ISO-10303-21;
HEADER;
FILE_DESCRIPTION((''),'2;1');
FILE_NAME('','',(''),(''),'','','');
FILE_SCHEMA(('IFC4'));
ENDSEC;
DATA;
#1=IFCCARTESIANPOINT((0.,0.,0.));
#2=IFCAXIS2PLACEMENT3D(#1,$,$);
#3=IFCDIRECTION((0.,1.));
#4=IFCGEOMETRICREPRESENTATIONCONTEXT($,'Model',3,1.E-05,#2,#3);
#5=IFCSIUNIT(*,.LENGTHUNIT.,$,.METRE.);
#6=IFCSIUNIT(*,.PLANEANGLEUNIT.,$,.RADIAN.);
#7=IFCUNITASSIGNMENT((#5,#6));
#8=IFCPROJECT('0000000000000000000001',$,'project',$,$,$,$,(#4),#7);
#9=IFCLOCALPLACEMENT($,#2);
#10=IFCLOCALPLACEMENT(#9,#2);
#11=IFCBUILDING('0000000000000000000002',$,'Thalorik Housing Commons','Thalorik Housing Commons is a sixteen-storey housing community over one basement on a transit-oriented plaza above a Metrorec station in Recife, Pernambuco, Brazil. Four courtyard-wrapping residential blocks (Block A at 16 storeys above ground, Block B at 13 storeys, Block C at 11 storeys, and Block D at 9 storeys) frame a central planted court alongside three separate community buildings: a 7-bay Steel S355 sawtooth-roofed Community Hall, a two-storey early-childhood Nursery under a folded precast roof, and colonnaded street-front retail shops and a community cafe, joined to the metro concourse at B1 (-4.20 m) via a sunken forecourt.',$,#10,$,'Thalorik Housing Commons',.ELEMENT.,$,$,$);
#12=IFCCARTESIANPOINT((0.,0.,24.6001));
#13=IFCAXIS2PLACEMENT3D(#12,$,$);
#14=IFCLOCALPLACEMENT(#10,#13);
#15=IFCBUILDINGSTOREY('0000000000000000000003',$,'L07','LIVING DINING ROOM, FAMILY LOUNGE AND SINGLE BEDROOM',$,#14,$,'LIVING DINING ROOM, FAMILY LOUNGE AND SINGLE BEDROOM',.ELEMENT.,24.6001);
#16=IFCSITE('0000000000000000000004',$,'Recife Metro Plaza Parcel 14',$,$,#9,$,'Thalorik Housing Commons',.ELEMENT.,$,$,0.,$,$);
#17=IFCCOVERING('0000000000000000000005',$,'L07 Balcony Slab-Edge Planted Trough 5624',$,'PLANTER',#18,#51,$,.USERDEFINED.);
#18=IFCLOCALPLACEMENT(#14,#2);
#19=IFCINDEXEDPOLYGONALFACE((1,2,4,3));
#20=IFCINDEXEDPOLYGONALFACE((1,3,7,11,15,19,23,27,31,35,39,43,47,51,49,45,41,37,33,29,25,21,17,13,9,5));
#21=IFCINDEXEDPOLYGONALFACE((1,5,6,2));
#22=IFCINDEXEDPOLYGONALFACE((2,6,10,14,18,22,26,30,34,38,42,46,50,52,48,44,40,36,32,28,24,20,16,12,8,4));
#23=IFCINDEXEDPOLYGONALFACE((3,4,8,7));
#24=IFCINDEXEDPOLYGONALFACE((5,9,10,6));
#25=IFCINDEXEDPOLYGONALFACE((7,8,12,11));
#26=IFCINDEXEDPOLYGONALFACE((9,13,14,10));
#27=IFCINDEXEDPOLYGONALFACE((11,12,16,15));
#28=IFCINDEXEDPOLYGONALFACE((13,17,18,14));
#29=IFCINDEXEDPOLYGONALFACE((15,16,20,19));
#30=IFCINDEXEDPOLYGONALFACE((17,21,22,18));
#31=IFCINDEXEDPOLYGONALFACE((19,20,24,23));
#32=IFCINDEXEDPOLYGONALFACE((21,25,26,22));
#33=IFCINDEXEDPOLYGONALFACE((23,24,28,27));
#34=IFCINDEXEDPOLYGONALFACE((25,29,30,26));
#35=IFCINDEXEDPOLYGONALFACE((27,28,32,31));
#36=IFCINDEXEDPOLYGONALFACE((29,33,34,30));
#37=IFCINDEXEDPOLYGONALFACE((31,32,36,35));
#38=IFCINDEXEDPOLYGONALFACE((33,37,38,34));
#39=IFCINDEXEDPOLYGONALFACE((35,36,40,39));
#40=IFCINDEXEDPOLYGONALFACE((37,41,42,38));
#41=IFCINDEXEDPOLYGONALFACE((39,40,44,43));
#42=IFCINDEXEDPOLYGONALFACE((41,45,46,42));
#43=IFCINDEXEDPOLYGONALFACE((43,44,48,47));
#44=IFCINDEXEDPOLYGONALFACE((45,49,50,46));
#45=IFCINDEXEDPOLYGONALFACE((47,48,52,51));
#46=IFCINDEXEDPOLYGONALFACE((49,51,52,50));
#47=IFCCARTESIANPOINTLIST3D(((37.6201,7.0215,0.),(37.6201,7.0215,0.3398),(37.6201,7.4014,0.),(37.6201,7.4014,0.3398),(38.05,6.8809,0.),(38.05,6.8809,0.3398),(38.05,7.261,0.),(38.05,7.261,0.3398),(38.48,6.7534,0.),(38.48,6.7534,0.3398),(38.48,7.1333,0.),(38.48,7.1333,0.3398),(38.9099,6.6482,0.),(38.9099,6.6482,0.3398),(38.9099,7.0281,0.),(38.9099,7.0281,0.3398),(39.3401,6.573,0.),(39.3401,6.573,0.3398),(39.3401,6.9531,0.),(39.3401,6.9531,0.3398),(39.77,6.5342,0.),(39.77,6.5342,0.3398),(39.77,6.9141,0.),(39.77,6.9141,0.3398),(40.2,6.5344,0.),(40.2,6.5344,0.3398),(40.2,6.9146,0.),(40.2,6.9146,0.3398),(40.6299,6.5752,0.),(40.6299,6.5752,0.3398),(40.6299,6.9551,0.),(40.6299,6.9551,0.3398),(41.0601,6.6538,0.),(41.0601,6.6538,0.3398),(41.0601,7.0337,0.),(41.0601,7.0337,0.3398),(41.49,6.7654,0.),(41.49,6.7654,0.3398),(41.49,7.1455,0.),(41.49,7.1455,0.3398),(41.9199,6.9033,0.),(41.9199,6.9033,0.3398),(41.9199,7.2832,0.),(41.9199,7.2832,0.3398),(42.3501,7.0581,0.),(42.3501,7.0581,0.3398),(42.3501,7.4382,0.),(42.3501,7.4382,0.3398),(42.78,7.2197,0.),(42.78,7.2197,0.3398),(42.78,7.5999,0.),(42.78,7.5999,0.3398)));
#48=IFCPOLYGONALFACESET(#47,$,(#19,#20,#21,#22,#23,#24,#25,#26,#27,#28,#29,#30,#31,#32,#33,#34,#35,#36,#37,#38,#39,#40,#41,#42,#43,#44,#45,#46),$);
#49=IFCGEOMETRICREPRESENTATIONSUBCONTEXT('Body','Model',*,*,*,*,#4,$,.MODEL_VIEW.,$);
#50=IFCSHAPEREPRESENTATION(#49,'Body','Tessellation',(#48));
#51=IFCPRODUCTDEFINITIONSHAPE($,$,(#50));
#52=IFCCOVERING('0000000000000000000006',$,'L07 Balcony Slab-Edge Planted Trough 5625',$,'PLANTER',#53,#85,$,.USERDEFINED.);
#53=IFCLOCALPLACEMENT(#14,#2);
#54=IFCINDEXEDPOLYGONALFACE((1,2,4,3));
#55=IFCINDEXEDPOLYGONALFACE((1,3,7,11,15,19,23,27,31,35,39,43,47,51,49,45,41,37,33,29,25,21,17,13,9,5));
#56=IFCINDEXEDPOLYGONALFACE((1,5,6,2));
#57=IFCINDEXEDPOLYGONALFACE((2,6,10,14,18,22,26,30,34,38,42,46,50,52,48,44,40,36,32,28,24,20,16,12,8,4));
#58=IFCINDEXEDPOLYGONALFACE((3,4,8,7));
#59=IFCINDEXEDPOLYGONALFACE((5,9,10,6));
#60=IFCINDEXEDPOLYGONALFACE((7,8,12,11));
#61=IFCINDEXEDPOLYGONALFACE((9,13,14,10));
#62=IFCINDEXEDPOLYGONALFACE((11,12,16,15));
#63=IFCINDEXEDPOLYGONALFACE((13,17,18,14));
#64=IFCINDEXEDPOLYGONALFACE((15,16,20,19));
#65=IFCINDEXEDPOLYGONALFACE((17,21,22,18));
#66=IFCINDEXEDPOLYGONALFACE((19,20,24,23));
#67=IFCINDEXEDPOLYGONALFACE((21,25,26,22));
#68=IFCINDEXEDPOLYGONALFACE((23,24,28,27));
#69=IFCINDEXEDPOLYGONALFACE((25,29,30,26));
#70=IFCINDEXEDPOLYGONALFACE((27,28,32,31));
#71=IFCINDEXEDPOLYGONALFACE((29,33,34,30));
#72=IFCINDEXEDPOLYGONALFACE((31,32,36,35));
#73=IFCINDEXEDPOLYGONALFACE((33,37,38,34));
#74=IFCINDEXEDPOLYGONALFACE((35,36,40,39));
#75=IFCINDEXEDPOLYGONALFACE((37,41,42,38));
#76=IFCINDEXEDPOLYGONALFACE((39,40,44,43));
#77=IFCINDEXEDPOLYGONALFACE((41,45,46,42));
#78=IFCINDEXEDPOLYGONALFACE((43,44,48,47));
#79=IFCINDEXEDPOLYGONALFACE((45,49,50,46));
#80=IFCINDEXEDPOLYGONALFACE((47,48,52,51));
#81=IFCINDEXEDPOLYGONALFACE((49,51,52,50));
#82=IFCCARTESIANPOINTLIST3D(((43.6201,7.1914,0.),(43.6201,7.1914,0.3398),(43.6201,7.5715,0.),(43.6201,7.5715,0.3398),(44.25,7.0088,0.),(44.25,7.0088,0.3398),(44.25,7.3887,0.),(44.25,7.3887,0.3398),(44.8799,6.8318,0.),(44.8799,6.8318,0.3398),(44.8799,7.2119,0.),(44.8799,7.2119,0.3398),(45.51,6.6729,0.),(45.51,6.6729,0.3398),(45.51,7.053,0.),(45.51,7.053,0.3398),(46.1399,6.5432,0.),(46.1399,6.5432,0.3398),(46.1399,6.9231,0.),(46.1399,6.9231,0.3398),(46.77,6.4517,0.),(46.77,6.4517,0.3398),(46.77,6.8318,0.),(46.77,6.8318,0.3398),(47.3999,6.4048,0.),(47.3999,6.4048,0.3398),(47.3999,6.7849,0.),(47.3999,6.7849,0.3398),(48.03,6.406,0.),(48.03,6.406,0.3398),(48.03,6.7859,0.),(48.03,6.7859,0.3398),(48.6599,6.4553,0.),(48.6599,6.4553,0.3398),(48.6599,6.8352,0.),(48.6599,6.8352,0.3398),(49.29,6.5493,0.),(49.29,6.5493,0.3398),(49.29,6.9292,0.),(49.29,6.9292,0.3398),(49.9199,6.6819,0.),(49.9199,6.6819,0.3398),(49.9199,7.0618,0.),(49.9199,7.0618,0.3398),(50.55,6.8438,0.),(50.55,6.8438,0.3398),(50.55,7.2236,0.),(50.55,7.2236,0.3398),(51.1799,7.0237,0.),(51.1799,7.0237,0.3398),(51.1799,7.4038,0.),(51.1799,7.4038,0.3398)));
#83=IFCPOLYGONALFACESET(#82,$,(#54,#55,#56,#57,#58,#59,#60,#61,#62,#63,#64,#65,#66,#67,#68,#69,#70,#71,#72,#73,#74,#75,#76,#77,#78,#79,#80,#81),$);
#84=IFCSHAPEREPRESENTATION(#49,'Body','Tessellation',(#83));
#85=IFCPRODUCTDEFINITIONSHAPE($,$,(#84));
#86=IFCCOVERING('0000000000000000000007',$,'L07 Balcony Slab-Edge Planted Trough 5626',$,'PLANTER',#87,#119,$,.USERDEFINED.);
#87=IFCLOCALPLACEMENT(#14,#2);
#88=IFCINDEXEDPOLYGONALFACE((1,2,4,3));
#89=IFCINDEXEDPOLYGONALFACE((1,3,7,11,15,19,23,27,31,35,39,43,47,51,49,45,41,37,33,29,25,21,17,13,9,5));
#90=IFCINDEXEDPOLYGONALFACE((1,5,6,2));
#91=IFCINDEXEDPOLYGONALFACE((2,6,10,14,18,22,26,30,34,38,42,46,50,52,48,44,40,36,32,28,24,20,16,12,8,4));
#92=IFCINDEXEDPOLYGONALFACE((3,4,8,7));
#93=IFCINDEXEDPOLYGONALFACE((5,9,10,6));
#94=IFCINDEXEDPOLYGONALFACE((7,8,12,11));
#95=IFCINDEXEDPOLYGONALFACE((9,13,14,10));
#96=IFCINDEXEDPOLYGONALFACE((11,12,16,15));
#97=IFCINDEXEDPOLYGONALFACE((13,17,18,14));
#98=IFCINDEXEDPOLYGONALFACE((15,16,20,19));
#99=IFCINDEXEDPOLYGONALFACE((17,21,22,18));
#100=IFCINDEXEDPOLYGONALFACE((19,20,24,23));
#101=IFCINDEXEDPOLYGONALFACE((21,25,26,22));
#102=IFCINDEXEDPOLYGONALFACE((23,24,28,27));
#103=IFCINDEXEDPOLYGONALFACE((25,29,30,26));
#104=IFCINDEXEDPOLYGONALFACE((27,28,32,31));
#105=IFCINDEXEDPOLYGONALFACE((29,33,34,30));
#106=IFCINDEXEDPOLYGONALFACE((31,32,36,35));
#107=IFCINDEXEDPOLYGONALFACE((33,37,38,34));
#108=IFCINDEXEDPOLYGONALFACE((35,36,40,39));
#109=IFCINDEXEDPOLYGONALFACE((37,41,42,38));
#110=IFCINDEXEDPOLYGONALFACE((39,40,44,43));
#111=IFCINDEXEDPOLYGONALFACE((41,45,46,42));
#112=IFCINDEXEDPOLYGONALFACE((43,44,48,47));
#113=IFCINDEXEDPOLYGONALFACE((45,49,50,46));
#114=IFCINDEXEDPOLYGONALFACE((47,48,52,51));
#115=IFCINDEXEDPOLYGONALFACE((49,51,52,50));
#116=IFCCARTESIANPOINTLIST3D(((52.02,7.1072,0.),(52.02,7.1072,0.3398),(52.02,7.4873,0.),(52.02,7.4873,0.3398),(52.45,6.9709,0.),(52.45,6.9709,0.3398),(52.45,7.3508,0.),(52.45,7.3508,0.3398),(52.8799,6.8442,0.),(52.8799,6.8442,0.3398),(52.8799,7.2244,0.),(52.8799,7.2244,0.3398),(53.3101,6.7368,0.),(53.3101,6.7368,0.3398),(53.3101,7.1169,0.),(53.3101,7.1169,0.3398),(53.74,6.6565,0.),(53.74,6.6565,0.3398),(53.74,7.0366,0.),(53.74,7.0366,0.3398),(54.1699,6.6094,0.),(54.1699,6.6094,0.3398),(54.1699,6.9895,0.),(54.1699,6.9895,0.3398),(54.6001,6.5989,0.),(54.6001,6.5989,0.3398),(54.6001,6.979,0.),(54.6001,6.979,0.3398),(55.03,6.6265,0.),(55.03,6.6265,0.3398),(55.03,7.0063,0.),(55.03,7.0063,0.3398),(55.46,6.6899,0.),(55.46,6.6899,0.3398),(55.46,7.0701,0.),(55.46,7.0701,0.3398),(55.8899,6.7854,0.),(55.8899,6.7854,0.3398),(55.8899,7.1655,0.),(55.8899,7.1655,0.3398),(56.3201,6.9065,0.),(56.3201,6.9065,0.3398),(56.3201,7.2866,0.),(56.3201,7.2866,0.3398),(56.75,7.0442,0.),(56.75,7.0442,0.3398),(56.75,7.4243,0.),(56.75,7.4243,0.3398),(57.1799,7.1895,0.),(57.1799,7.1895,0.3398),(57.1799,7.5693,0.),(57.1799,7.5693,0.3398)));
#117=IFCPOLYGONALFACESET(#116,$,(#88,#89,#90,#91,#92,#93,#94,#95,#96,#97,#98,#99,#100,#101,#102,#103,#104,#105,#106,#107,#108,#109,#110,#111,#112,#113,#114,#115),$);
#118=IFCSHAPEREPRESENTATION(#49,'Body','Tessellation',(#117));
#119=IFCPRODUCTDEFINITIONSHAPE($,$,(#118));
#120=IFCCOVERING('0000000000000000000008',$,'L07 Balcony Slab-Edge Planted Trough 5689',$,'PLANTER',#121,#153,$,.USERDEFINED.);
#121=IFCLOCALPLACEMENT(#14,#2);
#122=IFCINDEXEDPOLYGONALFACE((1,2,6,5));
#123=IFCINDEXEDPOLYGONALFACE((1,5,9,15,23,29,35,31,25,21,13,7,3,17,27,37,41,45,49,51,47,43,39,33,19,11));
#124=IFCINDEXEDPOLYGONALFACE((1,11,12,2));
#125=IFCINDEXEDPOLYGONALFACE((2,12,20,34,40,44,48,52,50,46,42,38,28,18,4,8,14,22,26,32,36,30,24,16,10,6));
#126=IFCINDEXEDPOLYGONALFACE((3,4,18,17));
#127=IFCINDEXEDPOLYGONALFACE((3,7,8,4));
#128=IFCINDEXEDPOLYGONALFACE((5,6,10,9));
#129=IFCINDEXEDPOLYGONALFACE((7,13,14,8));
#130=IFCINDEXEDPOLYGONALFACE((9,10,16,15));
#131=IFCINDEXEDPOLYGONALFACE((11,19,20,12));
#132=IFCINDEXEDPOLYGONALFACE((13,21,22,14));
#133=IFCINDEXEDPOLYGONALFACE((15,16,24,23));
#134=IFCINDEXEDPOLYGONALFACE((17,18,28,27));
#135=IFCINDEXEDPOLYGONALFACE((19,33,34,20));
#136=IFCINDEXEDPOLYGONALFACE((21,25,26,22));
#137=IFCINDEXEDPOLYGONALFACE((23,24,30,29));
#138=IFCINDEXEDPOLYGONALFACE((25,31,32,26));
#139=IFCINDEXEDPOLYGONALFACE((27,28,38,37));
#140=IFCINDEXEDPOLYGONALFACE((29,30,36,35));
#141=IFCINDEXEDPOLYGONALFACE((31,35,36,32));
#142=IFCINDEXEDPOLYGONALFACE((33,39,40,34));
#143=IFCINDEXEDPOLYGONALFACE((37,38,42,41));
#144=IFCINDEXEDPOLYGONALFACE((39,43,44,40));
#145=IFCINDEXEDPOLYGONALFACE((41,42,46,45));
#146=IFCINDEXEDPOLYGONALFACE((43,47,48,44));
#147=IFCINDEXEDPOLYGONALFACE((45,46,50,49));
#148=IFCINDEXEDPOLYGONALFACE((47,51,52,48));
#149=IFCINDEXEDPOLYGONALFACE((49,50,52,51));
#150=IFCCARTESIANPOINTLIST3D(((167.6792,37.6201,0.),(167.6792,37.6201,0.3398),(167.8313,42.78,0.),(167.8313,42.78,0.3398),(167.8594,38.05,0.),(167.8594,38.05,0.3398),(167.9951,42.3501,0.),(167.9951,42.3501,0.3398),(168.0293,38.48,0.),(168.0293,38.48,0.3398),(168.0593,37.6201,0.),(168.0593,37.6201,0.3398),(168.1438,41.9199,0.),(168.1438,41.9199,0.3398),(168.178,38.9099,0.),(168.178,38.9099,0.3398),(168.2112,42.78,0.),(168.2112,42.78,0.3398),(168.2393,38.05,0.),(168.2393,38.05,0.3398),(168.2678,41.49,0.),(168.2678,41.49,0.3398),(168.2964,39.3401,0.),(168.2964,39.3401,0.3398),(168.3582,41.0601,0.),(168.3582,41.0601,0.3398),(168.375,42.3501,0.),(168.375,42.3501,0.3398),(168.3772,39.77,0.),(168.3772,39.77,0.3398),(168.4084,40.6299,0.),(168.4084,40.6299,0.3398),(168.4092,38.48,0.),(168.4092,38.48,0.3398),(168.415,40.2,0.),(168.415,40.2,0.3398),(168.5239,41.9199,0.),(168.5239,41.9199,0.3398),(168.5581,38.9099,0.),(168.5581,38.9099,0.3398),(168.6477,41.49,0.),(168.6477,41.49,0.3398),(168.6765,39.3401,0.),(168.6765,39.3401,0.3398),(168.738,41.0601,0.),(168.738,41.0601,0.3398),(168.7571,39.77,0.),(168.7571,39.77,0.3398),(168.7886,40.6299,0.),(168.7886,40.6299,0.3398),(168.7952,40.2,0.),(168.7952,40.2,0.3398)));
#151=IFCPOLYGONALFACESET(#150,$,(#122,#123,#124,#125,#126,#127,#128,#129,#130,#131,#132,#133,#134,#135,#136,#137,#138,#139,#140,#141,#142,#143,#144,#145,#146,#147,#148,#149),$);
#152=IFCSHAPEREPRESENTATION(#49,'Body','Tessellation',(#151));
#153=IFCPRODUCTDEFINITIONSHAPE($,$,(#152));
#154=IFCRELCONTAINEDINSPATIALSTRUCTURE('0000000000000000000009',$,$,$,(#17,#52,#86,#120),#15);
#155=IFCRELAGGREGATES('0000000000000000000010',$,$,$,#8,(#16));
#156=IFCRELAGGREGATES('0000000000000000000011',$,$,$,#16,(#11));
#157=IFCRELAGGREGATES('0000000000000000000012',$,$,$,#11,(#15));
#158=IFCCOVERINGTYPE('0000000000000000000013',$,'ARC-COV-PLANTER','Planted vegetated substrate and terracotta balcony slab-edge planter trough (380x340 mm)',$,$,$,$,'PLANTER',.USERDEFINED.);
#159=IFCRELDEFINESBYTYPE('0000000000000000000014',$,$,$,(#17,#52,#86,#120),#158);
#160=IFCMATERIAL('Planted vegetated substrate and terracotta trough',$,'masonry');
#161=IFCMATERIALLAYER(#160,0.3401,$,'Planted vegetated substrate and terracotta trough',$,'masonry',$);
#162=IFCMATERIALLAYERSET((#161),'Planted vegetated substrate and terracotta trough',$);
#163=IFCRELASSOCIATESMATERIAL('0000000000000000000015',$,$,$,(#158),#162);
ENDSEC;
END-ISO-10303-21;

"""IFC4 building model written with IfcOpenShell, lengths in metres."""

from ifc_helpers import new_model, si_unit, direction, frame, origin, place, context, subcontext, project, spatial, polyline, outline, extrude, material, layer, layer_set, type_object, element, save


model = new_model("IFC4")

# Units and contexts
model_context = context("Model", 3, precision=1e-05, world=origin(), true_north=direction((0.0, 1.0)))
body_context = subcontext(model_context, "Body", "Model", "MODEL_VIEW")
ifc_project = project(units=[si_unit("LENGTHUNIT", "METRE"), si_unit("PLANEANGLEUNIT", "RADIAN")], contexts=[model_context])

# Site, building, storey
site_placement = place(None, origin())
site = spatial("IfcSite", under=ifc_project, at=site_placement, Name="Recife Metro Plaza Parcel 14", LongName="Thalorik Housing Commons", CompositionType="ELEMENT", RefElevation=0.0)
building_placement = place(site_placement, origin())
building = spatial("IfcBuilding", under=site, at=building_placement, Name="Thalorik Housing Commons", Description="Thalorik Housing Commons is a sixteen-storey housing community over one basement on a transit-oriented plaza above a Metrorec station in Recife, Pernambuco, Brazil. Four courtyard-wrapping residential blocks (Block A at 16 storeys above ground, Block B at 13 storeys, Block C at 11 storeys, and Block D at 9 storeys) frame a central planted court alongside three separate community buildings: a 7-bay Steel S355 sawtooth-roofed Community Hall, a two-storey early-childhood Nursery under a folded precast roof, and colonnaded street-front retail shops and a community cafe, joined to the metro concourse at B1 (-4.20 m) via a sunken forecourt.", LongName="Thalorik Housing Commons", CompositionType="ELEMENT")
storey_placement = place(building_placement, frame((0.0, 0.0, 24.6001)))
storey = spatial("IfcBuildingStorey", under=building, at=storey_placement, Name="L07", Description="LIVING DINING ROOM, FAMILY LOUNGE AND SINGLE BEDROOM", LongName="LIVING DINING ROOM, FAMILY LOUNGE AND SINGLE BEDROOM", CompositionType="ELEMENT", Elevation=24.6001)

# Coverings
ifc_material = material(Name="Planted vegetated substrate and terracotta trough", Category="masonry")
ifc_layer = layer(ifc_material, 0.3401, Name="Planted vegetated substrate and terracotta trough", Category="masonry")
ifc_layer_set = layer_set([ifc_layer], Name="Planted vegetated substrate and terracotta trough")
covering_type = type_object("IfcCoveringType", Name="ARC-COV-PLANTER", Description="Planted vegetated substrate and terracotta balcony slab-edge planter trough (380x340 mm)", ElementType="PLANTER", PredefinedType="USERDEFINED", material=ifc_layer_set)
covering_1_placement = place(storey_placement, origin())
element("IfcCovering", 1, at=covering_1_placement, inside=storey, type_object=covering_type, Name="L07 Balcony Slab-Edge Planted Trough 5624", ObjectType="PLANTER", PredefinedType="USERDEFINED", context=body_context, shape_type="SweptSolid", body=[
    extrude(outline(polyline([(37.6201, 7.0215), (38.05, 6.8809), (38.48, 6.7534), (38.9099, 6.6482), (39.3401, 6.573), (39.77, 6.5342), (40.2, 6.5344), (40.6299, 6.5752), (41.0601, 6.6538), (41.49, 6.7654), (41.9199, 6.9033), (42.3501, 7.0581), (42.78, 7.2197), (42.78, 7.5999), (42.3501, 7.4382), (41.9199, 7.2832), (41.49, 7.1455), (41.0601, 7.0337), (40.6299, 6.9551), (40.2, 6.9146), (39.77, 6.9141), (39.3401, 6.9531), (38.9099, 7.0281), (38.48, 7.1333), (38.05, 7.261), (37.6201, 7.4014), (37.6201, 7.0215)])), origin(), (0.0, 0.0, 1.0), 0.3398),
])
covering_2_placement = place(storey_placement, origin())
element("IfcCovering", 2, at=covering_2_placement, inside=storey, type_object=covering_type, Name="L07 Balcony Slab-Edge Planted Trough 5625", ObjectType="PLANTER", PredefinedType="USERDEFINED", context=body_context, shape_type="SweptSolid", body=[
    extrude(outline(polyline([(43.6201, 7.1914), (44.25, 7.0088), (44.8799, 6.8318), (45.51, 6.6729), (46.1399, 6.5432), (46.77, 6.4517), (47.3999, 6.4048), (48.03, 6.406), (48.6599, 6.4553), (49.29, 6.5493), (49.9199, 6.6819), (50.55, 6.8438), (51.1799, 7.0237), (51.1799, 7.4038), (50.55, 7.2236), (49.9199, 7.0618), (49.29, 6.9292), (48.6599, 6.8352), (48.03, 6.7859), (47.3999, 6.7849), (46.77, 6.8318), (46.1399, 6.9231), (45.51, 7.053), (44.8799, 7.2119), (44.25, 7.3887), (43.6201, 7.5715), (43.6201, 7.1914)])), origin(), (0.0, 0.0, 1.0), 0.3398),
])
covering_3_placement = place(storey_placement, origin())
element("IfcCovering", 3, at=covering_3_placement, inside=storey, type_object=covering_type, Name="L07 Balcony Slab-Edge Planted Trough 5626", ObjectType="PLANTER", PredefinedType="USERDEFINED", context=body_context, shape_type="SweptSolid", body=[
    extrude(outline(polyline([(52.02, 7.1072), (52.45, 6.9709), (52.8799, 6.8442), (53.3101, 6.7368), (53.74, 6.6565), (54.1699, 6.6094), (54.6001, 6.5989), (55.03, 6.6265), (55.46, 6.6899), (55.8899, 6.7854), (56.3201, 6.9065), (56.75, 7.0442), (57.1799, 7.1895), (57.1799, 7.5693), (56.75, 7.4243), (56.3201, 7.2866), (55.8899, 7.1655), (55.46, 7.0701), (55.03, 7.0063), (54.6001, 6.979), (54.1699, 6.9895), (53.74, 7.0366), (53.3101, 7.1169), (52.8799, 7.2244), (52.45, 7.3508), (52.02, 7.4873), (52.02, 7.1072)])), origin(), (0.0, 0.0, 1.0), 0.3398),
])
covering_4_placement = place(storey_placement, origin())
element("IfcCovering", 4, at=covering_4_placement, inside=storey, type_object=covering_type, Name="L07 Balcony Slab-Edge Planted Trough 5689", ObjectType="PLANTER", PredefinedType="USERDEFINED", context=body_context, shape_type="SweptSolid", body=[
    extrude(outline(polyline([(168.0593, 37.6201), (168.2393, 38.05), (168.4092, 38.48), (168.5581, 38.9099), (168.6765, 39.3401), (168.7571, 39.77), (168.7952, 40.2), (168.7886, 40.6299), (168.738, 41.0601), (168.6477, 41.49), (168.5239, 41.9199), (168.375, 42.3501), (168.2112, 42.78), (167.8313, 42.78), (167.9951, 42.3501), (168.1438, 41.9199), (168.2678, 41.49), (168.3582, 41.0601), (168.4084, 40.6299), (168.415, 40.2), (168.3772, 39.77), (168.2964, 39.3401), (168.178, 38.9099), (168.0293, 38.48), (167.8594, 38.05), (167.6792, 37.6201), (168.0593, 37.6201)])), origin(), (0.0, 0.0, 1.0), 0.3398),
])

save(model, "model.ifc")
